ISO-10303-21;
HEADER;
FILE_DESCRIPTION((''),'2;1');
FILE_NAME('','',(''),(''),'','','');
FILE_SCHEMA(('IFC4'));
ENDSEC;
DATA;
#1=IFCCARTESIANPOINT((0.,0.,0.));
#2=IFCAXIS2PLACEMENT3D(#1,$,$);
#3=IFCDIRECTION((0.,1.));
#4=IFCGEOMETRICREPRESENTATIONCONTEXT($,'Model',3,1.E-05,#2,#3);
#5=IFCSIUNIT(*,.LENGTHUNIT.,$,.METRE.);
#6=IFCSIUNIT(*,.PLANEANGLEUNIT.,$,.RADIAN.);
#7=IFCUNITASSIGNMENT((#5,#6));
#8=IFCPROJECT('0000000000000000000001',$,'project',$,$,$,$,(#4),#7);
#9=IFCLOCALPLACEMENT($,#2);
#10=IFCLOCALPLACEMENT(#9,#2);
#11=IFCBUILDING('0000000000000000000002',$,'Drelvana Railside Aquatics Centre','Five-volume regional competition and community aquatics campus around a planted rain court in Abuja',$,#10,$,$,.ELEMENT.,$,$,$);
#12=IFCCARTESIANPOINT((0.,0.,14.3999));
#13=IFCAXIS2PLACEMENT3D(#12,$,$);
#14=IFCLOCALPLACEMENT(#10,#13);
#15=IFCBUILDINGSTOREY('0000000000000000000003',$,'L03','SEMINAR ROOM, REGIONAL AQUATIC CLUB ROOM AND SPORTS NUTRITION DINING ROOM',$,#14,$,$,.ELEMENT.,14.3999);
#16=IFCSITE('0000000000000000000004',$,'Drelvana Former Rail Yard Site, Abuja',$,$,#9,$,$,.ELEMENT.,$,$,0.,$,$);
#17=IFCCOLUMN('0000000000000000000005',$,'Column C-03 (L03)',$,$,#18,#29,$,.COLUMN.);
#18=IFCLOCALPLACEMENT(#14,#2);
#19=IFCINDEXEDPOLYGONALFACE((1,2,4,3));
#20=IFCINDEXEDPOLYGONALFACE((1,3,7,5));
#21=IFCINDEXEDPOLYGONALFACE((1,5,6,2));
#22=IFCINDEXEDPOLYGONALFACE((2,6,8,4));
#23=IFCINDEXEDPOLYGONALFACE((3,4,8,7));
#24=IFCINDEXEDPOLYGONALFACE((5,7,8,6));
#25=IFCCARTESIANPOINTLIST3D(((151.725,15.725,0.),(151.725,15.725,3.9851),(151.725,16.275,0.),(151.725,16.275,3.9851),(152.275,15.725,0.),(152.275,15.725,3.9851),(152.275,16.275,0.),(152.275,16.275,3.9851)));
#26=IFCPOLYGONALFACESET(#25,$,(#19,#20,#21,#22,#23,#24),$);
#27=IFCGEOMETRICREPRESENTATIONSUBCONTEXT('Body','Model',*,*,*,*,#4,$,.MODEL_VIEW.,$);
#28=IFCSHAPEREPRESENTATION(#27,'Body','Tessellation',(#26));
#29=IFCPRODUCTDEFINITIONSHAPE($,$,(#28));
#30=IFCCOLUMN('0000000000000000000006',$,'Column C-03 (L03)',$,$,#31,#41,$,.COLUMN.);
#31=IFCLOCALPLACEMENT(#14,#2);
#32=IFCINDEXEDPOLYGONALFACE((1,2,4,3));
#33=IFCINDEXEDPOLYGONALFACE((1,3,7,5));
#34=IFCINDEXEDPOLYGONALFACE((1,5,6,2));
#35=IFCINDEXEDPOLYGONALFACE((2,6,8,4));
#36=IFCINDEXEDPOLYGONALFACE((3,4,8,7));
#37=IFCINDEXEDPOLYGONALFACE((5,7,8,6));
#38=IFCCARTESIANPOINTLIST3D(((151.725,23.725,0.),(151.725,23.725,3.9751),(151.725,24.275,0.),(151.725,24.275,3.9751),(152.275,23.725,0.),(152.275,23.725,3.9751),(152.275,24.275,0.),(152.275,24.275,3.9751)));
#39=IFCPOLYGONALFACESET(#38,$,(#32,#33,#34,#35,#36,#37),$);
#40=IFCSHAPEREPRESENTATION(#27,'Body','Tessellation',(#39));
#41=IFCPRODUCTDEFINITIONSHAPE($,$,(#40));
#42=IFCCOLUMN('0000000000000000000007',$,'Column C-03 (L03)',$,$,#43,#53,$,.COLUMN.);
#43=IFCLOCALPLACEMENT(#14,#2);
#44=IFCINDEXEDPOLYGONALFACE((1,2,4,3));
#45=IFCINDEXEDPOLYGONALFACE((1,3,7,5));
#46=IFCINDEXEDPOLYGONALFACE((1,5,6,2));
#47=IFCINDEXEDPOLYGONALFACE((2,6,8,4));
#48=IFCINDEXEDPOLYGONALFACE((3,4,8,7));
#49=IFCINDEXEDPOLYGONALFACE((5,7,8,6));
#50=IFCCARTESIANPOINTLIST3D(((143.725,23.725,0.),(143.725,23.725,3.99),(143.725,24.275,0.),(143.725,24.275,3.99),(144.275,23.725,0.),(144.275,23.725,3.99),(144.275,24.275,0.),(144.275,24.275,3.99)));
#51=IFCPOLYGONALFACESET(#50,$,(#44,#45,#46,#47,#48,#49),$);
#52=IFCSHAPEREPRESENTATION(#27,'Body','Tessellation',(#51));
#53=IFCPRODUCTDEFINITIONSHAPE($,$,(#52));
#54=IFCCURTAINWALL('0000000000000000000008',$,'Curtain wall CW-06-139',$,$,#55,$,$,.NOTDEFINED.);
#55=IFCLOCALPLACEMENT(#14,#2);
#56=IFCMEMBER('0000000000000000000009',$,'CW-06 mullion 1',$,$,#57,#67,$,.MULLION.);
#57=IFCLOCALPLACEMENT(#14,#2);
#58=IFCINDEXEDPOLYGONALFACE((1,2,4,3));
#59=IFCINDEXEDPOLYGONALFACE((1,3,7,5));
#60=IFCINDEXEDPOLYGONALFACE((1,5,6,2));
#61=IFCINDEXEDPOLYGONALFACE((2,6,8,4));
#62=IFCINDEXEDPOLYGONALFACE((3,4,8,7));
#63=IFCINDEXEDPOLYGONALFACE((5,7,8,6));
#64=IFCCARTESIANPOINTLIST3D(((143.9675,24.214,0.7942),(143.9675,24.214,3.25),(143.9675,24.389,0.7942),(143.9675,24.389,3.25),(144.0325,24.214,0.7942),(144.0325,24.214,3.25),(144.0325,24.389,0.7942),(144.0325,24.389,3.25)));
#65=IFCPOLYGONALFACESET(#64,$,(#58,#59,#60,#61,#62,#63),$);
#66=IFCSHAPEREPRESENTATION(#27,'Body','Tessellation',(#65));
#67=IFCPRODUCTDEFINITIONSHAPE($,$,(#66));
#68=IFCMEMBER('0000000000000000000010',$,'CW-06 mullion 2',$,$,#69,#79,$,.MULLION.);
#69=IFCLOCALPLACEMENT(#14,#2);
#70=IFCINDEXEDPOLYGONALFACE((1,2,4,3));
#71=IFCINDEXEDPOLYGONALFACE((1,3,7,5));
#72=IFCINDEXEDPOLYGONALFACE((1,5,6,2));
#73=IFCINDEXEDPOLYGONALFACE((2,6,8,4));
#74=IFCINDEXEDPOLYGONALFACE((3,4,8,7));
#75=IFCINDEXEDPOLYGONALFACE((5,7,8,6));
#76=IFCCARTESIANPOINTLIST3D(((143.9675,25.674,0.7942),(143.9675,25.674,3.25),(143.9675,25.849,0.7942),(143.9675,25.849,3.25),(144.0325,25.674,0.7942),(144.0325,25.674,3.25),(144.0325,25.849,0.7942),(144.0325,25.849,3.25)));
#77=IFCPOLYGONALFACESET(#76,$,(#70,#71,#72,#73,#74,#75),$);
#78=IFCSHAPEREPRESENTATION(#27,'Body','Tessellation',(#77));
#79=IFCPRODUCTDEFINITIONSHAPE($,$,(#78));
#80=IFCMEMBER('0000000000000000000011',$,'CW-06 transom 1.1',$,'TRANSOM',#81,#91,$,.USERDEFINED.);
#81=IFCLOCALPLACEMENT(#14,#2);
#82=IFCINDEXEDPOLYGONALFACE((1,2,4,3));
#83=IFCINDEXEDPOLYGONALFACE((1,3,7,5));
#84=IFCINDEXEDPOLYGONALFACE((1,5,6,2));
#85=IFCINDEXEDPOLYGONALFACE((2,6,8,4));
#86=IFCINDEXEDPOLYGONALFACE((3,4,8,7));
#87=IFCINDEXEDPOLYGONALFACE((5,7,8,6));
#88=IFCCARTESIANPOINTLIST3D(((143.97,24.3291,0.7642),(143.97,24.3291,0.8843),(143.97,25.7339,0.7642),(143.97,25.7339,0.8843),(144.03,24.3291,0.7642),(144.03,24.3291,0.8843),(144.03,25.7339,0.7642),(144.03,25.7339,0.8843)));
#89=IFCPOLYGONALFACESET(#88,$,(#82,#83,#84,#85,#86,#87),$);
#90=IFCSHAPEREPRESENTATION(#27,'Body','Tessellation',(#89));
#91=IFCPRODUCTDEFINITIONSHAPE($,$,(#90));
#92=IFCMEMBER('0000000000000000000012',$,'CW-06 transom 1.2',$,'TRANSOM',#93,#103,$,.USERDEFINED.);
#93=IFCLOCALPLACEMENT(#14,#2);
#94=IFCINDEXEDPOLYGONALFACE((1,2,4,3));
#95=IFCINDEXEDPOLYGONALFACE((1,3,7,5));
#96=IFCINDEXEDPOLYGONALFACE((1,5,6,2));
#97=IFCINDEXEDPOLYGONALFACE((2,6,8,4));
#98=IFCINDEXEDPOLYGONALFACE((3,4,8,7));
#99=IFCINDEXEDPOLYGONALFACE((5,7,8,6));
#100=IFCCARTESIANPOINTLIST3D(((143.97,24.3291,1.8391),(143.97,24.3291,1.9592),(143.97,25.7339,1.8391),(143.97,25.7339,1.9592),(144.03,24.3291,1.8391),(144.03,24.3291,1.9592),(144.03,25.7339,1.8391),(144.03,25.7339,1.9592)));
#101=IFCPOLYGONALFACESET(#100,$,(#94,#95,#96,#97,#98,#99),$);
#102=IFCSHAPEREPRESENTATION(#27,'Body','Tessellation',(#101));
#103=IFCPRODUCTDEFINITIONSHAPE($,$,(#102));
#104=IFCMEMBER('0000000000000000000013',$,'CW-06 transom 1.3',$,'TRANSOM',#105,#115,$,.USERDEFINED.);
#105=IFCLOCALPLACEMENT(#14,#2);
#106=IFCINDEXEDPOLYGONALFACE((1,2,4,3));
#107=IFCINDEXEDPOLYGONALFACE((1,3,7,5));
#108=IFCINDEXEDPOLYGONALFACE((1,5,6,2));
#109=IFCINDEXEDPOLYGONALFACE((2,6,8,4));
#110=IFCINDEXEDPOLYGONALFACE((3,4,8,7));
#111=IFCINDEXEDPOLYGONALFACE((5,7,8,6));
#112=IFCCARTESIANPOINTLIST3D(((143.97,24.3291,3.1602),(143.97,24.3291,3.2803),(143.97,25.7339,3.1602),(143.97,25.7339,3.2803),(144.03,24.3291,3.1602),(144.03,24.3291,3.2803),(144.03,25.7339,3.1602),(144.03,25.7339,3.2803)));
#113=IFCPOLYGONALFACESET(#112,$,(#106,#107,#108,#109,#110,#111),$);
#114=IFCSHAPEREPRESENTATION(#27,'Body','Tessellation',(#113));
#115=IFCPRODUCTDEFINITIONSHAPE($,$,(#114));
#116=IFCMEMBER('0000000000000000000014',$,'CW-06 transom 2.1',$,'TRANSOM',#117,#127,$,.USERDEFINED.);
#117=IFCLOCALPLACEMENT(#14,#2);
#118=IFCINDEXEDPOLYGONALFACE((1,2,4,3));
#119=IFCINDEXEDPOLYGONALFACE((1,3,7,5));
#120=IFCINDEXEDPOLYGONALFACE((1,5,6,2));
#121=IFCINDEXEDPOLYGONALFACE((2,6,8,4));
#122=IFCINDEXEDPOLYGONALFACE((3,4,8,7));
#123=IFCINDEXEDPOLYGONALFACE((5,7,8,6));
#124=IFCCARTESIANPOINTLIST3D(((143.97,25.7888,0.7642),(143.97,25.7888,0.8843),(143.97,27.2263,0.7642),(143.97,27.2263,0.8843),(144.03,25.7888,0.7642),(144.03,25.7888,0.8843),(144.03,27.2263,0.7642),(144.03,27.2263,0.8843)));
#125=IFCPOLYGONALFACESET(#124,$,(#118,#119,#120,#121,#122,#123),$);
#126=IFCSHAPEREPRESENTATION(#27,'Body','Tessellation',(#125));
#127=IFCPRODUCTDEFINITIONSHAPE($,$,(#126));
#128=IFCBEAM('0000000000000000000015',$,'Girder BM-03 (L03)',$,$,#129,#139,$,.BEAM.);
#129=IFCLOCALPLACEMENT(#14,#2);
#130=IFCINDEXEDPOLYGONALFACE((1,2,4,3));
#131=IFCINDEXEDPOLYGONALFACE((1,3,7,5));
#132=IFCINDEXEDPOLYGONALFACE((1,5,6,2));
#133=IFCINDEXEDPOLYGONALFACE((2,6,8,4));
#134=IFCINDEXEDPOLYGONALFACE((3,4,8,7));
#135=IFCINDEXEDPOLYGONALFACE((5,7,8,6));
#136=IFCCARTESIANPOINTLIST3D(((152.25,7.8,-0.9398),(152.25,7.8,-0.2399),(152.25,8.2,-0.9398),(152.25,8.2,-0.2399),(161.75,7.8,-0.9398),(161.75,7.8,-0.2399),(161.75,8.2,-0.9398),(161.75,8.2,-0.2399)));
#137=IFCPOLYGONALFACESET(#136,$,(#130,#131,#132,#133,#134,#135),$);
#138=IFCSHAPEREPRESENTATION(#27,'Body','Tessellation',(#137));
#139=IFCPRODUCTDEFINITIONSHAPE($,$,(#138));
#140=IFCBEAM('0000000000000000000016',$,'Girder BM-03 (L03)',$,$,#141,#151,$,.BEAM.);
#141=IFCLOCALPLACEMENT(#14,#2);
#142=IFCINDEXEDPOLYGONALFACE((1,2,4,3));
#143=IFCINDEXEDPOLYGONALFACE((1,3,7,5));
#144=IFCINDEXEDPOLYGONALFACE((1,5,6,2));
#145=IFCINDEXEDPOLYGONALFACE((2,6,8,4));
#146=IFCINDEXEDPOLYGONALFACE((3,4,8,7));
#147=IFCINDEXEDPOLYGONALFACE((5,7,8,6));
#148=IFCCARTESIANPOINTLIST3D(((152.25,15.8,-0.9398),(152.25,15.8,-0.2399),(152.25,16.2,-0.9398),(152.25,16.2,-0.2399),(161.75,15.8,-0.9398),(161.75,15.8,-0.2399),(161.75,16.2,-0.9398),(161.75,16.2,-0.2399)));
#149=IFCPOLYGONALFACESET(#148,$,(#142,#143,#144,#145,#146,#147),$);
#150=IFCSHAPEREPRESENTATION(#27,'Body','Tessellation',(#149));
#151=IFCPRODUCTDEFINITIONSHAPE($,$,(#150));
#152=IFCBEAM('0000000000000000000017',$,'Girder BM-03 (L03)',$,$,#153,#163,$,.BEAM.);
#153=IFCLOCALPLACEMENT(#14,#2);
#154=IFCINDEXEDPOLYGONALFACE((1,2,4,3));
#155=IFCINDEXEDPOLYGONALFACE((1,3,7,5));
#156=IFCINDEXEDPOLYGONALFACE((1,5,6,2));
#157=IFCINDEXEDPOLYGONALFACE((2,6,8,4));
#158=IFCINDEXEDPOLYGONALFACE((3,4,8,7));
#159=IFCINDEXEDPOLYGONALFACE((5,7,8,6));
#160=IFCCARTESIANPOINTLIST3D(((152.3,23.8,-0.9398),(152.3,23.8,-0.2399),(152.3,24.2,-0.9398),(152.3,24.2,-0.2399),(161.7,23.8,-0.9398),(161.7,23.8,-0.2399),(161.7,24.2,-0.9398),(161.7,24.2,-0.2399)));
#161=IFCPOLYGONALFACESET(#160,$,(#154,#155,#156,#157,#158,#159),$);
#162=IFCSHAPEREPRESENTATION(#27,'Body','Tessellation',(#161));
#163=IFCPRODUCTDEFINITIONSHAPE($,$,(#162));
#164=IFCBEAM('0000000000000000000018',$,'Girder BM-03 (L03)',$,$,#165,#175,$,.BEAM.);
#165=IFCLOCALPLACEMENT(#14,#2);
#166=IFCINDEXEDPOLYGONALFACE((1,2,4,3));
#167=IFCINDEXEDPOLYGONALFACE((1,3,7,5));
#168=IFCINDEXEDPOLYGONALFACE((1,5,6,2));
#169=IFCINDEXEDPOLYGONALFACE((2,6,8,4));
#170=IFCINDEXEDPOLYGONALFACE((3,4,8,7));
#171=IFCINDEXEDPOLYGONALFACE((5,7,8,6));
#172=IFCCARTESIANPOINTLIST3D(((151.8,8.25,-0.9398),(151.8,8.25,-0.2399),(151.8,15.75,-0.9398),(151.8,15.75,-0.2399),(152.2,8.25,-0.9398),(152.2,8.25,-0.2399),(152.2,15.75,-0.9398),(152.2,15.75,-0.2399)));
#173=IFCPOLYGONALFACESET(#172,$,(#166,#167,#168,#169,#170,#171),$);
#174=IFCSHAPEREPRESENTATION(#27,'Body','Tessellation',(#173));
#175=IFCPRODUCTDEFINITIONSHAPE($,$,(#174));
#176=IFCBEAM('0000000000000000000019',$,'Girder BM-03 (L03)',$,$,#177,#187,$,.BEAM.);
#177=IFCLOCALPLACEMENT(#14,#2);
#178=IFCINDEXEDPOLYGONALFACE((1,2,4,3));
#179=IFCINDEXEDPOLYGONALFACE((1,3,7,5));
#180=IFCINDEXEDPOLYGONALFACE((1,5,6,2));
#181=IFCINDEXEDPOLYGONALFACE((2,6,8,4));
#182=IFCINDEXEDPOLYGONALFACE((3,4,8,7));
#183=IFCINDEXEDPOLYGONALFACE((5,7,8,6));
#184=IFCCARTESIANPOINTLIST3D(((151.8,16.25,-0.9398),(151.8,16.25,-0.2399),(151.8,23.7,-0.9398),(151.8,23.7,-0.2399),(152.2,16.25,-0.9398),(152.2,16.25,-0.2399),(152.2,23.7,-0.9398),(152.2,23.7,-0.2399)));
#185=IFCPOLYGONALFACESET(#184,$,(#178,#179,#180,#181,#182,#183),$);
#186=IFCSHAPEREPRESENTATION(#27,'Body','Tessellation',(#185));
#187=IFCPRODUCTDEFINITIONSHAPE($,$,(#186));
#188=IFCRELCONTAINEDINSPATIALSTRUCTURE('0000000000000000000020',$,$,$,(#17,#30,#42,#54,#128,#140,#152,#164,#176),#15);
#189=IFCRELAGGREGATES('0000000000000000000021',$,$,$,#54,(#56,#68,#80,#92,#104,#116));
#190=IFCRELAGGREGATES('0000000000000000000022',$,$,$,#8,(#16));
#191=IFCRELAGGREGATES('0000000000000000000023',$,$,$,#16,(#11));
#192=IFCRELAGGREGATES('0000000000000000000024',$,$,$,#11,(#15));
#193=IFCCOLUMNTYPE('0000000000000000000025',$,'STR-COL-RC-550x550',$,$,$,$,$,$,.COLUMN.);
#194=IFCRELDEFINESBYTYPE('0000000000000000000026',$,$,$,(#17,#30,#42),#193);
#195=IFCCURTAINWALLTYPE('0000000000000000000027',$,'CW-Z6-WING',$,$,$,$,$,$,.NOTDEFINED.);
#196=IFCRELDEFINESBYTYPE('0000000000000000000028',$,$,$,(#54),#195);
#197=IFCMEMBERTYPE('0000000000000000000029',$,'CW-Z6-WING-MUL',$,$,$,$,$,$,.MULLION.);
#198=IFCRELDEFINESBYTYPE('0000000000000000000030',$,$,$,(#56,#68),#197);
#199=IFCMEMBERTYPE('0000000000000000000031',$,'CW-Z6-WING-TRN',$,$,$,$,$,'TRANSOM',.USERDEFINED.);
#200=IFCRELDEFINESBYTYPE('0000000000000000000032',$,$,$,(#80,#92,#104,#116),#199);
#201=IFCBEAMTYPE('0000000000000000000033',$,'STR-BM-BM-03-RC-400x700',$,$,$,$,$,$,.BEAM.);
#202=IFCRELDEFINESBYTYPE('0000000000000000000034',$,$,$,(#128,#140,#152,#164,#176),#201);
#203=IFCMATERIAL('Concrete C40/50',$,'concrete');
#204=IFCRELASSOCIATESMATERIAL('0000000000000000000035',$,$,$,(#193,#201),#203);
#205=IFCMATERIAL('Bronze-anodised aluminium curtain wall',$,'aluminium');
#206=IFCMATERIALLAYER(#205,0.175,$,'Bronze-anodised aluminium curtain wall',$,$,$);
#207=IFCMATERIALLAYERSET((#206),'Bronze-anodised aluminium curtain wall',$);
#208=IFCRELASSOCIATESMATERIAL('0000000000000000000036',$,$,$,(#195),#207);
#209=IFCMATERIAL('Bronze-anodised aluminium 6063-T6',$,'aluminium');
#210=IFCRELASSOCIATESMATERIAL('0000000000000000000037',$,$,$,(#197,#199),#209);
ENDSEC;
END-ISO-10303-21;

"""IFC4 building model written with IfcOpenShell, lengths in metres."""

from ifc_helpers import new_model, si_unit, direction, frame, origin, origin_2d, place, context, subcontext, project, spatial, rectangle, extrude, material, layer, layer_set, material_profile, profile_set, type_object, element, aggregate, save


model = new_model("IFC4")

# Units and contexts
model_context = context("Model", 3, precision=1e-05, world=origin(), true_north=direction((0.0, 1.0)))
body_context = subcontext(model_context, "Body", "Model", "MODEL_VIEW")
ifc_project = project(units=[si_unit("LENGTHUNIT", "METRE"), si_unit("PLANEANGLEUNIT", "RADIAN")], contexts=[model_context])

# Site, building, storey
site_placement = place(None, origin())
site = spatial("IfcSite", under=ifc_project, at=site_placement, Name="Drelvana Former Rail Yard Site, Abuja", CompositionType="ELEMENT", RefElevation=0.0)
building_placement = place(site_placement, origin())
building = spatial("IfcBuilding", under=site, at=building_placement, Name="Drelvana Railside Aquatics Centre", Description="Five-volume regional competition and community aquatics campus around a planted rain court in Abuja", CompositionType="ELEMENT")
storey_placement = place(building_placement, frame((0.0, 0.0, 14.3999)))
storey = spatial("IfcBuildingStorey", under=building, at=storey_placement, Name="L03", Description="SEMINAR ROOM, REGIONAL AQUATIC CLUB ROOM AND SPORTS NUTRITION DINING ROOM", CompositionType="ELEMENT", Elevation=14.3999)

# Columns
ifc_material_1 = material(Name="Concrete C40/50", Category="concrete")
ifc_material_profile_1 = material_profile(ifc_material_1, rectangle(XDim=0.55, YDim=0.55, at=origin_2d()), Name="RC 550x550")
ifc_profile_set_1 = profile_set([ifc_material_profile_1], Name="Concrete C40/50")
column_type = type_object("IfcColumnType", Name="STR-COL-RC-550x550", PredefinedType="COLUMN", material=ifc_profile_set_1)
column_1_placement = place(storey_placement, frame((152.0, 16.0, 0.0), z_axis=(0.0, 0.0, 1.0), x_axis=(1.0, 0.0, 0.0)))
element("IfcColumn", 1, at=column_1_placement, inside=storey, type_object=column_type, Name="Column C-03 (L03)", PredefinedType="COLUMN", context=body_context, shape_type="SweptSolid", body=[
    extrude(rectangle(XDim=0.55, YDim=0.55, at=origin_2d()), origin(), (0.0, 0.0, 1.0), 3.9851),
])
column_2_placement = place(storey_placement, frame((152.0, 24.0, 0.0), z_axis=(0.0, 0.0, 1.0), x_axis=(1.0, 0.0, 0.0)))
element("IfcColumn", 2, at=column_2_placement, inside=storey, type_object=column_type, Name="Column C-03 (L03)", PredefinedType="COLUMN", context=body_context, shape_type="SweptSolid", body=[
    extrude(rectangle(XDim=0.55, YDim=0.55, at=origin_2d()), origin(), (0.0, 0.0, 1.0), 3.9751),
])
column_3_placement = place(storey_placement, frame((144.0, 24.0, 0.0), z_axis=(0.0, 0.0, 1.0), x_axis=(1.0, 0.0, 0.0)))
element("IfcColumn", 3, at=column_3_placement, inside=storey, type_object=column_type, Name="Column C-03 (L03)", PredefinedType="COLUMN", context=body_context, shape_type="SweptSolid", body=[
    extrude(rectangle(XDim=0.55, YDim=0.55, at=origin_2d()), origin(), (0.0, 0.0, 1.0), 3.99),
])

# Curtain wall, members
ifc_material_2 = material(Name="Bronze-anodised aluminium curtain wall", Category="aluminium")
ifc_layer_1 = layer(ifc_material_2, 0.175, Name="Bronze-anodised aluminium curtain wall")
ifc_layer_set_1 = layer_set([ifc_layer_1], Name="Bronze-anodised aluminium curtain wall")
curtain_wall_type = type_object("IfcCurtainWallType", Name="CW-Z6-WING", PredefinedType="NOTDEFINED", material=ifc_layer_set_1)
curtain_wall_placement = place(storey_placement, origin())
curtain_wall = element("IfcCurtainWall", 4, at=curtain_wall_placement, inside=storey, type_object=curtain_wall_type, Name="Curtain wall CW-06-139", PredefinedType="NOTDEFINED")
ifc_material_3 = material(Name="Bronze-anodised aluminium 6063-T6", Category="aluminium")
ifc_material_profile_2 = material_profile(ifc_material_3, rectangle(XDim=0.0649, YDim=0.175, at=origin_2d()), Name="ALU-M 65x175")
ifc_profile_set_2 = profile_set([ifc_material_profile_2], Name="Bronze-anodised aluminium 6063-T6")
member_type_1 = type_object("IfcMemberType", Name="CW-Z6-WING-MUL", PredefinedType="MULLION", material=ifc_profile_set_2)
member_1_placement = place(storey_placement, frame((144.0, 24.3015, 0.7942), z_axis=(0.0, 0.0, 1.0), x_axis=(-1.0, 0.0, 0.0)))
member_1 = element("IfcMember", 5, at=member_1_placement, type_object=member_type_1, Name="CW-06 mullion 1", PredefinedType="MULLION", context=body_context, shape_type="SweptSolid", body=[
    extrude(rectangle(XDim=0.0649, YDim=0.175, at=origin_2d()), origin(), (0.0, 0.0, 1.0), 2.4558),
])
member_2_placement = place(storey_placement, frame((144.0, 25.7615, 0.7942), z_axis=(0.0, 0.0, 1.0), x_axis=(-1.0, 0.0, 0.0)))
member_2 = element("IfcMember", 6, at=member_2_placement, type_object=member_type_1, Name="CW-06 mullion 2", PredefinedType="MULLION", context=body_context, shape_type="SweptSolid", body=[
    extrude(rectangle(XDim=0.0649, YDim=0.175, at=origin_2d()), origin(), (0.0, 0.0, 1.0), 2.4558),
])
ifc_material_profile_3 = material_profile(ifc_material_3, rectangle(XDim=0.1201, YDim=0.0601, at=origin_2d()), Name="ALU-T 60x120")
ifc_profile_set_3 = profile_set([ifc_material_profile_3], Name="Bronze-anodised aluminium 6063-T6")
member_type_2 = type_object("IfcMemberType", Name="CW-Z6-WING-TRN", ElementType="TRANSOM", PredefinedType="USERDEFINED", material=ifc_profile_set_3)
member_3_placement = place(storey_placement, frame((144.0, 24.3291, 0.8242), z_axis=(0.0, 1.0, 0.0), x_axis=(0.0, 0.0, 1.0)))
member_3 = element("IfcMember", 7, at=member_3_placement, type_object=member_type_2, Name="CW-06 transom 1.1", ObjectType="TRANSOM", PredefinedType="USERDEFINED", context=body_context, shape_type="SweptSolid", body=[
    extrude(rectangle(XDim=0.1201, YDim=0.0601, at=origin_2d()), origin(), (0.0, 0.0, 1.0), 1.4048),
])
member_4_placement = place(storey_placement, frame((144.0, 24.3291, 1.8992), z_axis=(0.0, 1.0, 0.0), x_axis=(0.0, 0.0, 1.0)))
member_4 = element("IfcMember", 8, at=member_4_placement, type_object=member_type_2, Name="CW-06 transom 1.2", ObjectType="TRANSOM", PredefinedType="USERDEFINED", context=body_context, shape_type="SweptSolid", body=[
    extrude(rectangle(XDim=0.1201, YDim=0.0601, at=origin_2d()), origin(), (0.0, 0.0, 1.0), 1.4048),
])
member_5_placement = place(storey_placement, frame((144.0, 24.3291, 3.2202), z_axis=(0.0, 1.0, 0.0), x_axis=(0.0, 0.0, 1.0)))
member_5 = element("IfcMember", 9, at=member_5_placement, type_object=member_type_2, Name="CW-06 transom 1.3", ObjectType="TRANSOM", PredefinedType="USERDEFINED", context=body_context, shape_type="SweptSolid", body=[
    extrude(rectangle(XDim=0.1201, YDim=0.0601, at=origin_2d()), origin(), (0.0, 0.0, 1.0), 1.4048),
])
member_6_placement = place(storey_placement, frame((144.0, 25.7888, 0.8242), z_axis=(0.0, 1.0, 0.0), x_axis=(0.0, 0.0, 1.0)))
member_6 = element("IfcMember", 10, at=member_6_placement, type_object=member_type_2, Name="CW-06 transom 2.1", ObjectType="TRANSOM", PredefinedType="USERDEFINED", context=body_context, shape_type="SweptSolid", body=[
    extrude(rectangle(XDim=0.1201, YDim=0.0601, at=origin_2d()), origin(), (0.0, 0.0, 1.0), 1.4375),
])

# Beams
ifc_material_profile_4 = material_profile(ifc_material_1, rectangle(XDim=0.3999, YDim=0.7, at=origin_2d()), Name="RC 400x700")
ifc_profile_set_4 = profile_set([ifc_material_profile_4], Name="Concrete C40/50")
beam_type = type_object("IfcBeamType", Name="STR-BM-BM-03-RC-400x700", PredefinedType="BEAM", material=ifc_profile_set_4)
for number, where, z_axis, x_axis, name in (
    (11, (152.25, 8.0, -0.5898), (1.0, 0.0, 0.0), (0.0, 1.0, 0.0), "Girder BM-03 (L03)"),
    (12, (152.25, 16.0, -0.5898), (1.0, 0.0, 0.0), (0.0, 1.0, 0.0), "Girder BM-03 (L03)"),
):
    element("IfcBeam", number, at=place(storey_placement, frame(where, z_axis=z_axis, x_axis=x_axis)), inside=storey, type_object=beam_type, Name=name, PredefinedType="BEAM", context=body_context, shape_type="SweptSolid", body=[
        extrude(rectangle(XDim=0.3999, YDim=0.7, at=origin_2d()), origin(), (0.0, 0.0, 1.0), 9.5),
    ])
beam_1_placement = place(storey_placement, frame((152.3, 24.0, -0.5898), z_axis=(1.0, 0.0, 0.0), x_axis=(0.0, 1.0, 0.0)))
element("IfcBeam", 13, at=beam_1_placement, inside=storey, type_object=beam_type, Name="Girder BM-03 (L03)", PredefinedType="BEAM", context=body_context, shape_type="SweptSolid", body=[
    extrude(rectangle(XDim=0.3999, YDim=0.7, at=origin_2d()), origin(), (0.0, 0.0, 1.0), 9.3999),
])
beam_2_placement = place(storey_placement, frame((152.0, 8.25, -0.5898), z_axis=(0.0, 1.0, 0.0), x_axis=(-1.0, 0.0, 0.0)))
element("IfcBeam", 14, at=beam_2_placement, inside=storey, type_object=beam_type, Name="Girder BM-03 (L03)", PredefinedType="BEAM", context=body_context, shape_type="SweptSolid", body=[
    extrude(rectangle(XDim=0.3999, YDim=0.7, at=origin_2d()), origin(), (0.0, 0.0, 1.0), 7.5),
])
beam_3_placement = place(storey_placement, frame((152.0, 16.25, -0.5898), z_axis=(0.0, 1.0, 0.0), x_axis=(-1.0, 0.0, 0.0)))
element("IfcBeam", 15, at=beam_3_placement, inside=storey, type_object=beam_type, Name="Girder BM-03 (L03)", PredefinedType="BEAM", context=body_context, shape_type="SweptSolid", body=[
    extrude(rectangle(XDim=0.3999, YDim=0.7, at=origin_2d()), origin(), (0.0, 0.0, 1.0), 7.45),
])

aggregate(curtain_wall, [member_1, member_2, member_3, member_4, member_5, member_6])

save(model, "model.ifc")
